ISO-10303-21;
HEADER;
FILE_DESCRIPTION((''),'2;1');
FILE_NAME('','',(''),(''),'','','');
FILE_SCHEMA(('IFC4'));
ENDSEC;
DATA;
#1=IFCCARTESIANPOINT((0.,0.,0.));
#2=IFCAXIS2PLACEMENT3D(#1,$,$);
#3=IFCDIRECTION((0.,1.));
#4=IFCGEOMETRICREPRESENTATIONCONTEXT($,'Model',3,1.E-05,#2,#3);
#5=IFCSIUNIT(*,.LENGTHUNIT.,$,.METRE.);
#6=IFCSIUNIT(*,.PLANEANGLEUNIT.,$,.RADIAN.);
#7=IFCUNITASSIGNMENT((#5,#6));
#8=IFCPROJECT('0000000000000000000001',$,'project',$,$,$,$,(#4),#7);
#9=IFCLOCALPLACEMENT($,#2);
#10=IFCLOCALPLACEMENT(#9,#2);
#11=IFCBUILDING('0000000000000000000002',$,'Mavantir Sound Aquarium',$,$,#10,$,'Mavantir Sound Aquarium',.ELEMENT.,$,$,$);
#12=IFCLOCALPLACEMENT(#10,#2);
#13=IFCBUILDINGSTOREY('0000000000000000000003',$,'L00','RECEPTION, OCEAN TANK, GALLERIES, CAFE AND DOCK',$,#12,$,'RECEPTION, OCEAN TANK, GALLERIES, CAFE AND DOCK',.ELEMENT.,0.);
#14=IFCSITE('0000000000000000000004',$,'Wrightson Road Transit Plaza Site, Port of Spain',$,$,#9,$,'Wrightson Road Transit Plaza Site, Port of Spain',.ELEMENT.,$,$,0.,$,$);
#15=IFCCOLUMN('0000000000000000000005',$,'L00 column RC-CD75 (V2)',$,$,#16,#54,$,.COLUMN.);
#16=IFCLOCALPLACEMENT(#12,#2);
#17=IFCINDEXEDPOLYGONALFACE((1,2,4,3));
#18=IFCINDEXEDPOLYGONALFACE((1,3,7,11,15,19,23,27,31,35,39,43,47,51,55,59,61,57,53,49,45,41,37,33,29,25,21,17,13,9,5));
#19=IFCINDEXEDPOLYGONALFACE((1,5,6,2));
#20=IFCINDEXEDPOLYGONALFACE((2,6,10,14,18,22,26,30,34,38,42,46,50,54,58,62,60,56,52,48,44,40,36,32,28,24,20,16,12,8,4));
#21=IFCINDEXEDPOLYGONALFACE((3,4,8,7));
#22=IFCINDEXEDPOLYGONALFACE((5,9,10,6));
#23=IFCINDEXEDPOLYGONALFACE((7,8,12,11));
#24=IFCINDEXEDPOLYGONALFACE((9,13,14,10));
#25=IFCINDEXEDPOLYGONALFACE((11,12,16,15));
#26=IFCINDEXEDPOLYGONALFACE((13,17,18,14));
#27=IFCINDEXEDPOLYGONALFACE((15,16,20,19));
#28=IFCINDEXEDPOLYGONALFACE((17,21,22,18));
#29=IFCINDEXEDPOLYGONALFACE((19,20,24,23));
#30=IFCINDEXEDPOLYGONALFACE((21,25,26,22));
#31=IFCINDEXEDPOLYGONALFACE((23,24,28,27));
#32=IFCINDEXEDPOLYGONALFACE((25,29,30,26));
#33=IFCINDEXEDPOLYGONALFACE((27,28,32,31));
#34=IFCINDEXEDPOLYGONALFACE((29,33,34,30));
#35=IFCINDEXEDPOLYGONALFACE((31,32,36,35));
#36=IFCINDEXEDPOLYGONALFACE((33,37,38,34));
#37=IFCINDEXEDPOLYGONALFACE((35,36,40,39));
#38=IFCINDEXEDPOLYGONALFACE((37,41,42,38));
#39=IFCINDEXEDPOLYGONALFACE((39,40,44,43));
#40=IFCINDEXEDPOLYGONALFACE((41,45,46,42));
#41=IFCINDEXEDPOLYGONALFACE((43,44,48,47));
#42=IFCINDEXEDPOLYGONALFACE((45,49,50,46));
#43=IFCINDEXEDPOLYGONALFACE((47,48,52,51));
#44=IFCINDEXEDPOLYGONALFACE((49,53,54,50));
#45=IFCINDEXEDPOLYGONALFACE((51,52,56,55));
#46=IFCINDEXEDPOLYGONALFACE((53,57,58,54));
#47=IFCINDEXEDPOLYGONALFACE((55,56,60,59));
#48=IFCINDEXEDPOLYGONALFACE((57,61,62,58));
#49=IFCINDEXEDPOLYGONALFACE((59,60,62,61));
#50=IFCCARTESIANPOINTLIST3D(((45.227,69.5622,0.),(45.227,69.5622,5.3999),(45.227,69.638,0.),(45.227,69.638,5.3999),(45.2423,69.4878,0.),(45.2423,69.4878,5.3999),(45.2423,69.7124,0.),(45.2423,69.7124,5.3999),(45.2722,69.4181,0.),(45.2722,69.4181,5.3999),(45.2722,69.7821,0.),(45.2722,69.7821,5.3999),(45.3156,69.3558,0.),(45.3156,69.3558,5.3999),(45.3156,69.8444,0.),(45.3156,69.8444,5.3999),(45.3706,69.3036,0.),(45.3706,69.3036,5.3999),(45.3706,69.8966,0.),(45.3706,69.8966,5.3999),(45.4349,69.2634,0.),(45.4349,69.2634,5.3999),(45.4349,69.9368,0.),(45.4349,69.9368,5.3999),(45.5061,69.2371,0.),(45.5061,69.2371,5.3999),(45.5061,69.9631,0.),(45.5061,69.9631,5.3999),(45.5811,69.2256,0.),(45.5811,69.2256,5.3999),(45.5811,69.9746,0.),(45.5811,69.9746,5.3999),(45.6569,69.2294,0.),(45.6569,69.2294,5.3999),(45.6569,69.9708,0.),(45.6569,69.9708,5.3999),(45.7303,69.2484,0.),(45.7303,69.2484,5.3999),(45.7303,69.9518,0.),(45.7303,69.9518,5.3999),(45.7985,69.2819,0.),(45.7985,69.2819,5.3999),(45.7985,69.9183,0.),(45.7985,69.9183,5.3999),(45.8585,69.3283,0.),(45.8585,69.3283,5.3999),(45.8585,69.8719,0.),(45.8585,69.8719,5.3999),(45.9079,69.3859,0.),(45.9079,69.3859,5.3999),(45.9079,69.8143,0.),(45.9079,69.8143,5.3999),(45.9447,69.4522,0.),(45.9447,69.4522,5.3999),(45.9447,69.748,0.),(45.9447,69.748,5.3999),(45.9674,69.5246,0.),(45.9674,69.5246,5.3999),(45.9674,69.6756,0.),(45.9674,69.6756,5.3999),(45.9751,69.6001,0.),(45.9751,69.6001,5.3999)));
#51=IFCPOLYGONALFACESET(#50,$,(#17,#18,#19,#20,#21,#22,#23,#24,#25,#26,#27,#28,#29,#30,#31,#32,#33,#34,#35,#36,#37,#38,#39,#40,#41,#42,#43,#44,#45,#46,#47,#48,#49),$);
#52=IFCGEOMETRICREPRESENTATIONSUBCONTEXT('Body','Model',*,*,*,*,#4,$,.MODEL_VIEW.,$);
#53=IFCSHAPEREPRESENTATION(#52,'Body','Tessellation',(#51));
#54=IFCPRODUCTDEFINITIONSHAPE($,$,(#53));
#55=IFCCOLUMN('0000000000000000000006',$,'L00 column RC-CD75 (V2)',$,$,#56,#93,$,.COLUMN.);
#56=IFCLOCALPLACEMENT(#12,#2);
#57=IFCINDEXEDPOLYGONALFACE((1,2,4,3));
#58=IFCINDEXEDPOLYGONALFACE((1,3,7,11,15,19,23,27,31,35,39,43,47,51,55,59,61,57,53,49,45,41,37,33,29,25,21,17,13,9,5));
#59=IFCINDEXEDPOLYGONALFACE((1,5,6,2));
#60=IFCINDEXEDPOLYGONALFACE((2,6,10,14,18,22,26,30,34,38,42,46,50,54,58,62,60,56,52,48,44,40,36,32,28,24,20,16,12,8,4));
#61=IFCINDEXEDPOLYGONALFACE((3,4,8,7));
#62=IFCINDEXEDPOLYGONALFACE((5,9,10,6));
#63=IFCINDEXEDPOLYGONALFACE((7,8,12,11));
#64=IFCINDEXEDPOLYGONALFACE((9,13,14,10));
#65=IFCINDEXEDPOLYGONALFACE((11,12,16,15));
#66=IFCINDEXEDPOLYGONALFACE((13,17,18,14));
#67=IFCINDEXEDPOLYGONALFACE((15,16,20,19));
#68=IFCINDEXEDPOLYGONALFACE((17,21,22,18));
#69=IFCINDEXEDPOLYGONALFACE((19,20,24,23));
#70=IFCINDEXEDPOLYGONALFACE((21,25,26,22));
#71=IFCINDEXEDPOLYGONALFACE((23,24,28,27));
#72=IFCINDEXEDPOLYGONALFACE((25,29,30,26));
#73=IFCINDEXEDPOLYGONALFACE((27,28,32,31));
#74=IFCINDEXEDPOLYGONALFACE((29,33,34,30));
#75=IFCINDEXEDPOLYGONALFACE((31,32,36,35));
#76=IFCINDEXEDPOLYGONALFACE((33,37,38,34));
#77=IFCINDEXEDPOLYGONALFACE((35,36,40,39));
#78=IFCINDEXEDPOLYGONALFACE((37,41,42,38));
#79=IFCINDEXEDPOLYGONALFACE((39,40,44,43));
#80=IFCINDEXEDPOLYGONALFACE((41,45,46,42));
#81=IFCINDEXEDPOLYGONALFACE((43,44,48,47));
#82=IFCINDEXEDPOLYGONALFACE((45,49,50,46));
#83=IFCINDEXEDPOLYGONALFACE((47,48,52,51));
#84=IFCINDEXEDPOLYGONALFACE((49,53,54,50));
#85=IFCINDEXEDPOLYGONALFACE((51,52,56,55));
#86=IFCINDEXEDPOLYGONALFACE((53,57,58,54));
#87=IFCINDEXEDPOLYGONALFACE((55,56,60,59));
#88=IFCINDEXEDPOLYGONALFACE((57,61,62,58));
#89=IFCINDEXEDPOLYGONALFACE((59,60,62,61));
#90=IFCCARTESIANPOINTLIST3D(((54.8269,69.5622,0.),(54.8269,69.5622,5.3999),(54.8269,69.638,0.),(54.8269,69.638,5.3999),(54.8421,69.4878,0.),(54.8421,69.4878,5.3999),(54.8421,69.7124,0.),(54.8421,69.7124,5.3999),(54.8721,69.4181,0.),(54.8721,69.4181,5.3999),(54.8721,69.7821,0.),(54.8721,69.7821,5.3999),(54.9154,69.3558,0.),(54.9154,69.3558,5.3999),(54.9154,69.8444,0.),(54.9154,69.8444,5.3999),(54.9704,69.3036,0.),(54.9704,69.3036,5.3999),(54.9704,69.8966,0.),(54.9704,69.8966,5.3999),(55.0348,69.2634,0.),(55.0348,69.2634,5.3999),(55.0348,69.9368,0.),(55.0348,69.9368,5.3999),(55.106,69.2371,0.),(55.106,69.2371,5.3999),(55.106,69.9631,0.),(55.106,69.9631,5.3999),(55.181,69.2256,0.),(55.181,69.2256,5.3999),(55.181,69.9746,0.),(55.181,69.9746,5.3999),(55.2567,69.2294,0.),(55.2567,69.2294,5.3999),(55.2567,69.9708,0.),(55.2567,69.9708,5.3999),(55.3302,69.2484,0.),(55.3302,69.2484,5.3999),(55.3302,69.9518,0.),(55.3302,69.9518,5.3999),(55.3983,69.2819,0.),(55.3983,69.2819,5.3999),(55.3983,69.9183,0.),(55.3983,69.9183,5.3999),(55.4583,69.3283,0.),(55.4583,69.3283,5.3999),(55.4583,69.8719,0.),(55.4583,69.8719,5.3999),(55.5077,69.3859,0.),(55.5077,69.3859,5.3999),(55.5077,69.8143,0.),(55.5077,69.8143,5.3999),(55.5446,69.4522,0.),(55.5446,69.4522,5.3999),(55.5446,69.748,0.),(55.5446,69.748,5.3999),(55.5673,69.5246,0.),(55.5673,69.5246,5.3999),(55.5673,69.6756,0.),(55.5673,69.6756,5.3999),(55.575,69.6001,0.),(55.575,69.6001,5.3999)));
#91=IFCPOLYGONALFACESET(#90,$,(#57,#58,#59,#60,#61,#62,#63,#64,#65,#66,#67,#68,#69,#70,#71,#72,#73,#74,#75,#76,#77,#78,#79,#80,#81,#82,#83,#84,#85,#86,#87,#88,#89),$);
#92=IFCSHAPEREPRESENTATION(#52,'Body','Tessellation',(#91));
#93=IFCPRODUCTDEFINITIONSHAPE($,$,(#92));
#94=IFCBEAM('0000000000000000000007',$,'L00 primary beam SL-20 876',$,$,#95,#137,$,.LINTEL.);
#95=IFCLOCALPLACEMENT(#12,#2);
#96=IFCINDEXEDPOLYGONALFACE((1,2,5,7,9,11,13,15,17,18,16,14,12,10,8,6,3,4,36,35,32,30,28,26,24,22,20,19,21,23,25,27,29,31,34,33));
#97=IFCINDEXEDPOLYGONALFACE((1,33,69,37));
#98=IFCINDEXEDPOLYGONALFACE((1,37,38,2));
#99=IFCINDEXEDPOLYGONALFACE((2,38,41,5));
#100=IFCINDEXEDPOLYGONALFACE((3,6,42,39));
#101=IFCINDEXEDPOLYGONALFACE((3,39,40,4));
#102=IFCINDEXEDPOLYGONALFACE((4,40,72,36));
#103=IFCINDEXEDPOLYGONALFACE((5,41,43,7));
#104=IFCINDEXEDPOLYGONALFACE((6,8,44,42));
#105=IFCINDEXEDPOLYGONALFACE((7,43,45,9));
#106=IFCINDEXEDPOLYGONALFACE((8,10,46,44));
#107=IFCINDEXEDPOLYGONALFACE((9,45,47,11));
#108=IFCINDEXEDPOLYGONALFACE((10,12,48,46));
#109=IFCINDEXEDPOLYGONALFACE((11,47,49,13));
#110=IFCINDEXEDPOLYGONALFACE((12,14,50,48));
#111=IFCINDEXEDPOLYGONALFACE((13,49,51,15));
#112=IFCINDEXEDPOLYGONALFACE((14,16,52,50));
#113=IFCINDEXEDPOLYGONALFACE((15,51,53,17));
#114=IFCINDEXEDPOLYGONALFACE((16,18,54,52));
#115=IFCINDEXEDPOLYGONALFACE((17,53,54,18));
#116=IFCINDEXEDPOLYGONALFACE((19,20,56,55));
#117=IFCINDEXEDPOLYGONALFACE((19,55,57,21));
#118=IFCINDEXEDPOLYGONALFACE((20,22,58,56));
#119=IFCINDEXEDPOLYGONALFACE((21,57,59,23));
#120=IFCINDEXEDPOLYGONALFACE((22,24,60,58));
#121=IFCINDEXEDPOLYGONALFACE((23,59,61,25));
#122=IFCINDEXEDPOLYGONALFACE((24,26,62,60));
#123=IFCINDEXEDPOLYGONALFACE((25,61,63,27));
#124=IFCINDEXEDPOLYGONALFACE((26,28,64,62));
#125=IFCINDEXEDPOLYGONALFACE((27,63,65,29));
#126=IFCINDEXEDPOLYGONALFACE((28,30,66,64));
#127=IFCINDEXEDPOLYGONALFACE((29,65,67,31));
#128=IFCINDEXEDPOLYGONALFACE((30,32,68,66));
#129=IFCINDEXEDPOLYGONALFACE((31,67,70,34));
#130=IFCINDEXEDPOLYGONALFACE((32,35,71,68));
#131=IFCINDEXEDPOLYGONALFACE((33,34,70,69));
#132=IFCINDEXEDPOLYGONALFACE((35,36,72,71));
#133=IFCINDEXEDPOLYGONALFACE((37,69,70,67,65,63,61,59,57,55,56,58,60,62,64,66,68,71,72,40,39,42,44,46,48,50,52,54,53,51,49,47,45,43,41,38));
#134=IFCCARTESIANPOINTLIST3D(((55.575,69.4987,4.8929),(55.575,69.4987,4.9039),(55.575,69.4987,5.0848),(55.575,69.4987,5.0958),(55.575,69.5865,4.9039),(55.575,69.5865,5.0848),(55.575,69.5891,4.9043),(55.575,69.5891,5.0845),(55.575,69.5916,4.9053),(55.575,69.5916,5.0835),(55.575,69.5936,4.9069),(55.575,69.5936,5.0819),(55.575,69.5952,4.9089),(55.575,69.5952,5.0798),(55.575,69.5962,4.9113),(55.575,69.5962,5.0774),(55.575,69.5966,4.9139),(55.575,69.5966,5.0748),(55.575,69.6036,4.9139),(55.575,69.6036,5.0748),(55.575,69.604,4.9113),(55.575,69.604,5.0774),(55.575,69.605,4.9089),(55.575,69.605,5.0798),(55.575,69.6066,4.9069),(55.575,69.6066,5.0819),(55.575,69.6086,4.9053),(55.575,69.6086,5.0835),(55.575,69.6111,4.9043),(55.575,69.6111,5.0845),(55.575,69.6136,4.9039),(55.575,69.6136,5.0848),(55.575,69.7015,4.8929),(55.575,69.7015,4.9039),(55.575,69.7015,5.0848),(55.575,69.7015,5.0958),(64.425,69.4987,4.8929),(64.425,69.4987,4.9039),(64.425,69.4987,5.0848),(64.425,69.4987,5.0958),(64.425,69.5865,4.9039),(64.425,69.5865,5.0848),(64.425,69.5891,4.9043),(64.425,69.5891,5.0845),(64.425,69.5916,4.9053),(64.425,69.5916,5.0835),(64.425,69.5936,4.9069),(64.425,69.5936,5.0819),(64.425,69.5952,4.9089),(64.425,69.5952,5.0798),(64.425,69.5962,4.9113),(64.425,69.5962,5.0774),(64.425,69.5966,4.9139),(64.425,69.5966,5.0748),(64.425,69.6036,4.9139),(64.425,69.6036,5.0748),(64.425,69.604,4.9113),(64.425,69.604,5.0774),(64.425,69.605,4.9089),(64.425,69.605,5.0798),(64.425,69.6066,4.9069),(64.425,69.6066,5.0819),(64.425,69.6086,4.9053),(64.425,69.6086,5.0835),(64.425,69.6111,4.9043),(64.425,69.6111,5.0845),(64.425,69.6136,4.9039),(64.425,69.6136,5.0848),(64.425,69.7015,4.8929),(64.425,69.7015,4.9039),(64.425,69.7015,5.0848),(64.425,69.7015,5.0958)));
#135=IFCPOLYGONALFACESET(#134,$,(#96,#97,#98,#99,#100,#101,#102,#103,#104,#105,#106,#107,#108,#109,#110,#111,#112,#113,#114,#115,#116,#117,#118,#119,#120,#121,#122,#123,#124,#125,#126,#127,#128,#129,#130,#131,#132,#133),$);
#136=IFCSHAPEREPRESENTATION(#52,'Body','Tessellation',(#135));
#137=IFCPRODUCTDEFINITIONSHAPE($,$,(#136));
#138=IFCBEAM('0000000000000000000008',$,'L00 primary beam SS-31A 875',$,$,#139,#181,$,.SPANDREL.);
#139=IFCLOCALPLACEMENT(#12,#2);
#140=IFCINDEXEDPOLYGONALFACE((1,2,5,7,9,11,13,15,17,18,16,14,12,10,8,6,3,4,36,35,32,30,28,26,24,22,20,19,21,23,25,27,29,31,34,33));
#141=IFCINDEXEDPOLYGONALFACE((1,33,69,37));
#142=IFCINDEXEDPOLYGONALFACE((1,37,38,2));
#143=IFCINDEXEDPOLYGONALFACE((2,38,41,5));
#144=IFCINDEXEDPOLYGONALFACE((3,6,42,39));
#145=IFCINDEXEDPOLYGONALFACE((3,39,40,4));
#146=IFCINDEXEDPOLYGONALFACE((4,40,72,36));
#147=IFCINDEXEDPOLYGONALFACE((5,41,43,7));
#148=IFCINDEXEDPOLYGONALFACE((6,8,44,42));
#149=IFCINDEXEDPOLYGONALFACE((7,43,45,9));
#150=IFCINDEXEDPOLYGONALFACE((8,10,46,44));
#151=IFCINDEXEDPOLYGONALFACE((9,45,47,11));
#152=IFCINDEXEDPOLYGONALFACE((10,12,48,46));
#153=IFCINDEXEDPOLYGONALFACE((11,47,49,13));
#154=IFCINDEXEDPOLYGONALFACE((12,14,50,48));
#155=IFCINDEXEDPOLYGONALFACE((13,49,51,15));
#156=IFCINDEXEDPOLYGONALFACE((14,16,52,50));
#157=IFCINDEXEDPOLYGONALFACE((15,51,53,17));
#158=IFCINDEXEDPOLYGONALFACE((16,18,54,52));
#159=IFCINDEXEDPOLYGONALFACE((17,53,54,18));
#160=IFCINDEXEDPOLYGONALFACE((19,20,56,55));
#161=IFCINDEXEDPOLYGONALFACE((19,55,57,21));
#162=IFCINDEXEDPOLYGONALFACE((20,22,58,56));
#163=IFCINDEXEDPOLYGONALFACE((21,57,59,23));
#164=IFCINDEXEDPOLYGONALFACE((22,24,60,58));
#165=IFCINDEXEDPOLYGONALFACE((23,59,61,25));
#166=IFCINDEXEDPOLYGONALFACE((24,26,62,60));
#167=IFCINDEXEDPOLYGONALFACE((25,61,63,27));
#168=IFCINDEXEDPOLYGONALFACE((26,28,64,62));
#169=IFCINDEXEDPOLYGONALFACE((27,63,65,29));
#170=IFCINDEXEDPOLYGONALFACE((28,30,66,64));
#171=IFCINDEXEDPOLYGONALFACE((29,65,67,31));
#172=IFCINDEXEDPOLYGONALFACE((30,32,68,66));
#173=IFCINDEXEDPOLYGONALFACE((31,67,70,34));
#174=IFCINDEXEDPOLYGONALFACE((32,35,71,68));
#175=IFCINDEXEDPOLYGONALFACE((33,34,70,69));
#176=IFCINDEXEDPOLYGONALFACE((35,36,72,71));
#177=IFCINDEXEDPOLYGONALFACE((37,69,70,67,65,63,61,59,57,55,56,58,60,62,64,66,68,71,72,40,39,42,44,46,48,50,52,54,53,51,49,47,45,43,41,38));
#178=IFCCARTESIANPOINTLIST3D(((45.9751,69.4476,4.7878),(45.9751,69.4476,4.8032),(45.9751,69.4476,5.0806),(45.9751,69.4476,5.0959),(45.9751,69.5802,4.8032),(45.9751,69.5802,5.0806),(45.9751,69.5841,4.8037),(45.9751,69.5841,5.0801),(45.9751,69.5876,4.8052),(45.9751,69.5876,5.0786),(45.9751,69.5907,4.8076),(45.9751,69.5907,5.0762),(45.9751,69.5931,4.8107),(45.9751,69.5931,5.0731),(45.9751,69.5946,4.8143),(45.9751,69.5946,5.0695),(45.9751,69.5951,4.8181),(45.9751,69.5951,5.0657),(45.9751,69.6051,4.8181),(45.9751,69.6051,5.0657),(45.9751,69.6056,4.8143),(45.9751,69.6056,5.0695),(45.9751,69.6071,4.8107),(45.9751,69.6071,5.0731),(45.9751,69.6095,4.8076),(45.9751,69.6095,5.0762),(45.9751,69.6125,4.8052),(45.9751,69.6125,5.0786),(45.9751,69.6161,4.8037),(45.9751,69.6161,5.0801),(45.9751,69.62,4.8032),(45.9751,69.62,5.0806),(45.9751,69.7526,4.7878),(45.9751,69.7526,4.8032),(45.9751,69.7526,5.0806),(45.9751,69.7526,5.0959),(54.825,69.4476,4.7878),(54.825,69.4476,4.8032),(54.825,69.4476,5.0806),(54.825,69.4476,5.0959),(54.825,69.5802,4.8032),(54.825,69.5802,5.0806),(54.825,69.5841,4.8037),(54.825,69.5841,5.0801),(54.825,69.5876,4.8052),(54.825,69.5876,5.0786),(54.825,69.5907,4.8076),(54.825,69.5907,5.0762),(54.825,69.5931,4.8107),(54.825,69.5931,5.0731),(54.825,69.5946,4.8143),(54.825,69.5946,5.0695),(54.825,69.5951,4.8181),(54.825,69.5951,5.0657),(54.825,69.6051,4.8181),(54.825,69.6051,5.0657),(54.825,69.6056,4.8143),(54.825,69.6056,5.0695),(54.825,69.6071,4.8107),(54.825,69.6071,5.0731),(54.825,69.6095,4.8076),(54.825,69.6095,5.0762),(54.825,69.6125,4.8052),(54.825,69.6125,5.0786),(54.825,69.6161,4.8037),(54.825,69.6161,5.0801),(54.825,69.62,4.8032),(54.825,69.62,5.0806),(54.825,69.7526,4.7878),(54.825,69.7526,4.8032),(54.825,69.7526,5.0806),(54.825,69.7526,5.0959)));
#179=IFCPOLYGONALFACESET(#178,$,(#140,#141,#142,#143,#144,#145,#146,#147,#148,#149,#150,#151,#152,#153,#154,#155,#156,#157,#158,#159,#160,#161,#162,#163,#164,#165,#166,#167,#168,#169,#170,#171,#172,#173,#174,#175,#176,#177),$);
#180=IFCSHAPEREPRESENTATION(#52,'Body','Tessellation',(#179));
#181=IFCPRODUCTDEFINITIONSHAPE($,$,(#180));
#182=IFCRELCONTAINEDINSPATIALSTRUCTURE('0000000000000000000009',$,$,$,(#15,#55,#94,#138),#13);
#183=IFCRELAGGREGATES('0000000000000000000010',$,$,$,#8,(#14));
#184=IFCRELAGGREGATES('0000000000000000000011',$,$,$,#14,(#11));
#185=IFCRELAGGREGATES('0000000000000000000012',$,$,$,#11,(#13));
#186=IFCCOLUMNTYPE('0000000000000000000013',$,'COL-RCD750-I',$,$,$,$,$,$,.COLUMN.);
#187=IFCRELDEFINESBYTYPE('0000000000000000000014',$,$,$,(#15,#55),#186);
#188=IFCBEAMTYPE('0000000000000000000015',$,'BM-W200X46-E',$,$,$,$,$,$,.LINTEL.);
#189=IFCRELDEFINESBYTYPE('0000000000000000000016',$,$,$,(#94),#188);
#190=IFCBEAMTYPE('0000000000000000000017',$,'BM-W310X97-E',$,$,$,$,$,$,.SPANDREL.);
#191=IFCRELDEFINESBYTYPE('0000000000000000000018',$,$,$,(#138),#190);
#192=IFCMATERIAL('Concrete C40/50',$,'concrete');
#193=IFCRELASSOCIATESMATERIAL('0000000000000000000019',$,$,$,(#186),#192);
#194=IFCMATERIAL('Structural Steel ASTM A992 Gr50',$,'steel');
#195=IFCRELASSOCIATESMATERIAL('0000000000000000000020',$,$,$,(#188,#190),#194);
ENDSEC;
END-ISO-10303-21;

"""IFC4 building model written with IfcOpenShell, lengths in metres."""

from ifc_helpers import new_model, si_unit, direction, frame, origin, origin_2d, place, context, subcontext, project, spatial, circle, i_section, extrude, material, material_profile, profile_set, type_object, element, save


model = new_model("IFC4")

# Units and contexts
model_context = context("Model", 3, precision=1e-05, world=origin(), true_north=direction((0.0, 1.0)))
body_context = subcontext(model_context, "Body", "Model", "MODEL_VIEW")
ifc_project = project(units=[si_unit("LENGTHUNIT", "METRE"), si_unit("PLANEANGLEUNIT", "RADIAN")], contexts=[model_context])

# Site, building, storey
site_placement = place(None, origin())
site = spatial("IfcSite", under=ifc_project, at=site_placement, Name="Wrightson Road Transit Plaza Site, Port of Spain", LongName="Wrightson Road Transit Plaza Site, Port of Spain", CompositionType="ELEMENT", RefElevation=0.0)
building_placement = place(site_placement, origin())
building = spatial("IfcBuilding", under=site, at=building_placement, Name="Mavantir Sound Aquarium", LongName="Mavantir Sound Aquarium", CompositionType="ELEMENT")
storey_placement = place(building_placement, origin())
storey = spatial("IfcBuildingStorey", under=building, at=storey_placement, Name="L00", Description="RECEPTION, OCEAN TANK, GALLERIES, CAFE AND DOCK", LongName="RECEPTION, OCEAN TANK, GALLERIES, CAFE AND DOCK", CompositionType="ELEMENT", Elevation=0.0)

# Columns
ifc_material_1 = material(Name="Concrete C40/50", Category="concrete")
ifc_material_profile_1 = material_profile(ifc_material_1, circle(Radius=0.375, at=origin_2d()), Name="RC D750")
ifc_profile_set_1 = profile_set([ifc_material_profile_1], Name="Concrete C40/50")
column_type = type_object("IfcColumnType", Name="COL-RCD750-I", PredefinedType="COLUMN", material=ifc_profile_set_1)
for number, where, z_axis, x_axis, name in (
    (1, (45.6001, 69.6001, 0.0), (0.0, 0.0, 1.0), (1.0, 0.0, 0.0), "L00 column RC-CD75 (V2)"),
    (2, (55.2, 69.6001, 0.0), (0.0, 0.0, 1.0), (1.0, 0.0, 0.0), "L00 column RC-CD75 (V2)"),
):
    element("IfcColumn", number, at=place(storey_placement, frame(where, z_axis=z_axis, x_axis=x_axis)), inside=storey, type_object=column_type, Name=name, PredefinedType="COLUMN", context=body_context, shape_type="SweptSolid", body=[
        extrude(circle(Radius=0.375, at=origin_2d()), origin(), (0.0, 0.0, 1.0), 5.3999),
    ])

# Beams
ifc_material_2 = material(Name="Structural Steel ASTM A992 Gr50", Category="steel")
ifc_material_profile_2 = material_profile(ifc_material_2, i_section(OverallWidth=0.2029, OverallDepth=0.2029, WebThickness=0.0071, FlangeThickness=0.011, FilletRadius=0.01, at=origin_2d()), Name="W200X46")
ifc_profile_set_2 = profile_set([ifc_material_profile_2], Name="Structural Steel ASTM A992 Gr50")
beam_type_1 = type_object("IfcBeamType", Name="BM-W200X46-E", PredefinedType="LINTEL", material=ifc_profile_set_2)
beam_1_placement = place(storey_placement, frame((55.575, 69.6001, 4.9944), z_axis=(1.0, 0.0, 0.0), x_axis=(0.0, 1.0, 0.0)))
element("IfcBeam", 3, at=beam_1_placement, inside=storey, type_object=beam_type_1, Name="L00 primary beam SL-20 876", PredefinedType="LINTEL", context=body_context, shape_type="SweptSolid", body=[
    extrude(i_section(OverallWidth=0.2029, OverallDepth=0.2029, WebThickness=0.0071, FlangeThickness=0.011, FilletRadius=0.01, at=origin_2d()), origin(), (0.0, 0.0, 1.0), 8.8501),
])
ifc_material_profile_3 = material_profile(ifc_material_2, i_section(OverallWidth=0.3049, OverallDepth=0.3081, WebThickness=0.01, FlangeThickness=0.0154, FilletRadius=0.0149, at=origin_2d()), Name="W310X97")
ifc_profile_set_3 = profile_set([ifc_material_profile_3], Name="Structural Steel ASTM A992 Gr50")
beam_type_2 = type_object("IfcBeamType", Name="BM-W310X97-E", PredefinedType="SPANDREL", material=ifc_profile_set_3)
beam_2_placement = place(storey_placement, frame((45.9751, 69.6001, 4.9419), z_axis=(1.0, 0.0, 0.0), x_axis=(0.0, 1.0, 0.0)))
element("IfcBeam", 4, at=beam_2_placement, inside=storey, type_object=beam_type_2, Name="L00 primary beam SS-31A 875", PredefinedType="SPANDREL", context=body_context, shape_type="SweptSolid", body=[
    extrude(i_section(OverallWidth=0.3049, OverallDepth=0.3081, WebThickness=0.01, FlangeThickness=0.0154, FilletRadius=0.0149, at=origin_2d()), origin(), (0.0, 0.0, 1.0), 8.8499),
])

save(model, "model.ifc")
